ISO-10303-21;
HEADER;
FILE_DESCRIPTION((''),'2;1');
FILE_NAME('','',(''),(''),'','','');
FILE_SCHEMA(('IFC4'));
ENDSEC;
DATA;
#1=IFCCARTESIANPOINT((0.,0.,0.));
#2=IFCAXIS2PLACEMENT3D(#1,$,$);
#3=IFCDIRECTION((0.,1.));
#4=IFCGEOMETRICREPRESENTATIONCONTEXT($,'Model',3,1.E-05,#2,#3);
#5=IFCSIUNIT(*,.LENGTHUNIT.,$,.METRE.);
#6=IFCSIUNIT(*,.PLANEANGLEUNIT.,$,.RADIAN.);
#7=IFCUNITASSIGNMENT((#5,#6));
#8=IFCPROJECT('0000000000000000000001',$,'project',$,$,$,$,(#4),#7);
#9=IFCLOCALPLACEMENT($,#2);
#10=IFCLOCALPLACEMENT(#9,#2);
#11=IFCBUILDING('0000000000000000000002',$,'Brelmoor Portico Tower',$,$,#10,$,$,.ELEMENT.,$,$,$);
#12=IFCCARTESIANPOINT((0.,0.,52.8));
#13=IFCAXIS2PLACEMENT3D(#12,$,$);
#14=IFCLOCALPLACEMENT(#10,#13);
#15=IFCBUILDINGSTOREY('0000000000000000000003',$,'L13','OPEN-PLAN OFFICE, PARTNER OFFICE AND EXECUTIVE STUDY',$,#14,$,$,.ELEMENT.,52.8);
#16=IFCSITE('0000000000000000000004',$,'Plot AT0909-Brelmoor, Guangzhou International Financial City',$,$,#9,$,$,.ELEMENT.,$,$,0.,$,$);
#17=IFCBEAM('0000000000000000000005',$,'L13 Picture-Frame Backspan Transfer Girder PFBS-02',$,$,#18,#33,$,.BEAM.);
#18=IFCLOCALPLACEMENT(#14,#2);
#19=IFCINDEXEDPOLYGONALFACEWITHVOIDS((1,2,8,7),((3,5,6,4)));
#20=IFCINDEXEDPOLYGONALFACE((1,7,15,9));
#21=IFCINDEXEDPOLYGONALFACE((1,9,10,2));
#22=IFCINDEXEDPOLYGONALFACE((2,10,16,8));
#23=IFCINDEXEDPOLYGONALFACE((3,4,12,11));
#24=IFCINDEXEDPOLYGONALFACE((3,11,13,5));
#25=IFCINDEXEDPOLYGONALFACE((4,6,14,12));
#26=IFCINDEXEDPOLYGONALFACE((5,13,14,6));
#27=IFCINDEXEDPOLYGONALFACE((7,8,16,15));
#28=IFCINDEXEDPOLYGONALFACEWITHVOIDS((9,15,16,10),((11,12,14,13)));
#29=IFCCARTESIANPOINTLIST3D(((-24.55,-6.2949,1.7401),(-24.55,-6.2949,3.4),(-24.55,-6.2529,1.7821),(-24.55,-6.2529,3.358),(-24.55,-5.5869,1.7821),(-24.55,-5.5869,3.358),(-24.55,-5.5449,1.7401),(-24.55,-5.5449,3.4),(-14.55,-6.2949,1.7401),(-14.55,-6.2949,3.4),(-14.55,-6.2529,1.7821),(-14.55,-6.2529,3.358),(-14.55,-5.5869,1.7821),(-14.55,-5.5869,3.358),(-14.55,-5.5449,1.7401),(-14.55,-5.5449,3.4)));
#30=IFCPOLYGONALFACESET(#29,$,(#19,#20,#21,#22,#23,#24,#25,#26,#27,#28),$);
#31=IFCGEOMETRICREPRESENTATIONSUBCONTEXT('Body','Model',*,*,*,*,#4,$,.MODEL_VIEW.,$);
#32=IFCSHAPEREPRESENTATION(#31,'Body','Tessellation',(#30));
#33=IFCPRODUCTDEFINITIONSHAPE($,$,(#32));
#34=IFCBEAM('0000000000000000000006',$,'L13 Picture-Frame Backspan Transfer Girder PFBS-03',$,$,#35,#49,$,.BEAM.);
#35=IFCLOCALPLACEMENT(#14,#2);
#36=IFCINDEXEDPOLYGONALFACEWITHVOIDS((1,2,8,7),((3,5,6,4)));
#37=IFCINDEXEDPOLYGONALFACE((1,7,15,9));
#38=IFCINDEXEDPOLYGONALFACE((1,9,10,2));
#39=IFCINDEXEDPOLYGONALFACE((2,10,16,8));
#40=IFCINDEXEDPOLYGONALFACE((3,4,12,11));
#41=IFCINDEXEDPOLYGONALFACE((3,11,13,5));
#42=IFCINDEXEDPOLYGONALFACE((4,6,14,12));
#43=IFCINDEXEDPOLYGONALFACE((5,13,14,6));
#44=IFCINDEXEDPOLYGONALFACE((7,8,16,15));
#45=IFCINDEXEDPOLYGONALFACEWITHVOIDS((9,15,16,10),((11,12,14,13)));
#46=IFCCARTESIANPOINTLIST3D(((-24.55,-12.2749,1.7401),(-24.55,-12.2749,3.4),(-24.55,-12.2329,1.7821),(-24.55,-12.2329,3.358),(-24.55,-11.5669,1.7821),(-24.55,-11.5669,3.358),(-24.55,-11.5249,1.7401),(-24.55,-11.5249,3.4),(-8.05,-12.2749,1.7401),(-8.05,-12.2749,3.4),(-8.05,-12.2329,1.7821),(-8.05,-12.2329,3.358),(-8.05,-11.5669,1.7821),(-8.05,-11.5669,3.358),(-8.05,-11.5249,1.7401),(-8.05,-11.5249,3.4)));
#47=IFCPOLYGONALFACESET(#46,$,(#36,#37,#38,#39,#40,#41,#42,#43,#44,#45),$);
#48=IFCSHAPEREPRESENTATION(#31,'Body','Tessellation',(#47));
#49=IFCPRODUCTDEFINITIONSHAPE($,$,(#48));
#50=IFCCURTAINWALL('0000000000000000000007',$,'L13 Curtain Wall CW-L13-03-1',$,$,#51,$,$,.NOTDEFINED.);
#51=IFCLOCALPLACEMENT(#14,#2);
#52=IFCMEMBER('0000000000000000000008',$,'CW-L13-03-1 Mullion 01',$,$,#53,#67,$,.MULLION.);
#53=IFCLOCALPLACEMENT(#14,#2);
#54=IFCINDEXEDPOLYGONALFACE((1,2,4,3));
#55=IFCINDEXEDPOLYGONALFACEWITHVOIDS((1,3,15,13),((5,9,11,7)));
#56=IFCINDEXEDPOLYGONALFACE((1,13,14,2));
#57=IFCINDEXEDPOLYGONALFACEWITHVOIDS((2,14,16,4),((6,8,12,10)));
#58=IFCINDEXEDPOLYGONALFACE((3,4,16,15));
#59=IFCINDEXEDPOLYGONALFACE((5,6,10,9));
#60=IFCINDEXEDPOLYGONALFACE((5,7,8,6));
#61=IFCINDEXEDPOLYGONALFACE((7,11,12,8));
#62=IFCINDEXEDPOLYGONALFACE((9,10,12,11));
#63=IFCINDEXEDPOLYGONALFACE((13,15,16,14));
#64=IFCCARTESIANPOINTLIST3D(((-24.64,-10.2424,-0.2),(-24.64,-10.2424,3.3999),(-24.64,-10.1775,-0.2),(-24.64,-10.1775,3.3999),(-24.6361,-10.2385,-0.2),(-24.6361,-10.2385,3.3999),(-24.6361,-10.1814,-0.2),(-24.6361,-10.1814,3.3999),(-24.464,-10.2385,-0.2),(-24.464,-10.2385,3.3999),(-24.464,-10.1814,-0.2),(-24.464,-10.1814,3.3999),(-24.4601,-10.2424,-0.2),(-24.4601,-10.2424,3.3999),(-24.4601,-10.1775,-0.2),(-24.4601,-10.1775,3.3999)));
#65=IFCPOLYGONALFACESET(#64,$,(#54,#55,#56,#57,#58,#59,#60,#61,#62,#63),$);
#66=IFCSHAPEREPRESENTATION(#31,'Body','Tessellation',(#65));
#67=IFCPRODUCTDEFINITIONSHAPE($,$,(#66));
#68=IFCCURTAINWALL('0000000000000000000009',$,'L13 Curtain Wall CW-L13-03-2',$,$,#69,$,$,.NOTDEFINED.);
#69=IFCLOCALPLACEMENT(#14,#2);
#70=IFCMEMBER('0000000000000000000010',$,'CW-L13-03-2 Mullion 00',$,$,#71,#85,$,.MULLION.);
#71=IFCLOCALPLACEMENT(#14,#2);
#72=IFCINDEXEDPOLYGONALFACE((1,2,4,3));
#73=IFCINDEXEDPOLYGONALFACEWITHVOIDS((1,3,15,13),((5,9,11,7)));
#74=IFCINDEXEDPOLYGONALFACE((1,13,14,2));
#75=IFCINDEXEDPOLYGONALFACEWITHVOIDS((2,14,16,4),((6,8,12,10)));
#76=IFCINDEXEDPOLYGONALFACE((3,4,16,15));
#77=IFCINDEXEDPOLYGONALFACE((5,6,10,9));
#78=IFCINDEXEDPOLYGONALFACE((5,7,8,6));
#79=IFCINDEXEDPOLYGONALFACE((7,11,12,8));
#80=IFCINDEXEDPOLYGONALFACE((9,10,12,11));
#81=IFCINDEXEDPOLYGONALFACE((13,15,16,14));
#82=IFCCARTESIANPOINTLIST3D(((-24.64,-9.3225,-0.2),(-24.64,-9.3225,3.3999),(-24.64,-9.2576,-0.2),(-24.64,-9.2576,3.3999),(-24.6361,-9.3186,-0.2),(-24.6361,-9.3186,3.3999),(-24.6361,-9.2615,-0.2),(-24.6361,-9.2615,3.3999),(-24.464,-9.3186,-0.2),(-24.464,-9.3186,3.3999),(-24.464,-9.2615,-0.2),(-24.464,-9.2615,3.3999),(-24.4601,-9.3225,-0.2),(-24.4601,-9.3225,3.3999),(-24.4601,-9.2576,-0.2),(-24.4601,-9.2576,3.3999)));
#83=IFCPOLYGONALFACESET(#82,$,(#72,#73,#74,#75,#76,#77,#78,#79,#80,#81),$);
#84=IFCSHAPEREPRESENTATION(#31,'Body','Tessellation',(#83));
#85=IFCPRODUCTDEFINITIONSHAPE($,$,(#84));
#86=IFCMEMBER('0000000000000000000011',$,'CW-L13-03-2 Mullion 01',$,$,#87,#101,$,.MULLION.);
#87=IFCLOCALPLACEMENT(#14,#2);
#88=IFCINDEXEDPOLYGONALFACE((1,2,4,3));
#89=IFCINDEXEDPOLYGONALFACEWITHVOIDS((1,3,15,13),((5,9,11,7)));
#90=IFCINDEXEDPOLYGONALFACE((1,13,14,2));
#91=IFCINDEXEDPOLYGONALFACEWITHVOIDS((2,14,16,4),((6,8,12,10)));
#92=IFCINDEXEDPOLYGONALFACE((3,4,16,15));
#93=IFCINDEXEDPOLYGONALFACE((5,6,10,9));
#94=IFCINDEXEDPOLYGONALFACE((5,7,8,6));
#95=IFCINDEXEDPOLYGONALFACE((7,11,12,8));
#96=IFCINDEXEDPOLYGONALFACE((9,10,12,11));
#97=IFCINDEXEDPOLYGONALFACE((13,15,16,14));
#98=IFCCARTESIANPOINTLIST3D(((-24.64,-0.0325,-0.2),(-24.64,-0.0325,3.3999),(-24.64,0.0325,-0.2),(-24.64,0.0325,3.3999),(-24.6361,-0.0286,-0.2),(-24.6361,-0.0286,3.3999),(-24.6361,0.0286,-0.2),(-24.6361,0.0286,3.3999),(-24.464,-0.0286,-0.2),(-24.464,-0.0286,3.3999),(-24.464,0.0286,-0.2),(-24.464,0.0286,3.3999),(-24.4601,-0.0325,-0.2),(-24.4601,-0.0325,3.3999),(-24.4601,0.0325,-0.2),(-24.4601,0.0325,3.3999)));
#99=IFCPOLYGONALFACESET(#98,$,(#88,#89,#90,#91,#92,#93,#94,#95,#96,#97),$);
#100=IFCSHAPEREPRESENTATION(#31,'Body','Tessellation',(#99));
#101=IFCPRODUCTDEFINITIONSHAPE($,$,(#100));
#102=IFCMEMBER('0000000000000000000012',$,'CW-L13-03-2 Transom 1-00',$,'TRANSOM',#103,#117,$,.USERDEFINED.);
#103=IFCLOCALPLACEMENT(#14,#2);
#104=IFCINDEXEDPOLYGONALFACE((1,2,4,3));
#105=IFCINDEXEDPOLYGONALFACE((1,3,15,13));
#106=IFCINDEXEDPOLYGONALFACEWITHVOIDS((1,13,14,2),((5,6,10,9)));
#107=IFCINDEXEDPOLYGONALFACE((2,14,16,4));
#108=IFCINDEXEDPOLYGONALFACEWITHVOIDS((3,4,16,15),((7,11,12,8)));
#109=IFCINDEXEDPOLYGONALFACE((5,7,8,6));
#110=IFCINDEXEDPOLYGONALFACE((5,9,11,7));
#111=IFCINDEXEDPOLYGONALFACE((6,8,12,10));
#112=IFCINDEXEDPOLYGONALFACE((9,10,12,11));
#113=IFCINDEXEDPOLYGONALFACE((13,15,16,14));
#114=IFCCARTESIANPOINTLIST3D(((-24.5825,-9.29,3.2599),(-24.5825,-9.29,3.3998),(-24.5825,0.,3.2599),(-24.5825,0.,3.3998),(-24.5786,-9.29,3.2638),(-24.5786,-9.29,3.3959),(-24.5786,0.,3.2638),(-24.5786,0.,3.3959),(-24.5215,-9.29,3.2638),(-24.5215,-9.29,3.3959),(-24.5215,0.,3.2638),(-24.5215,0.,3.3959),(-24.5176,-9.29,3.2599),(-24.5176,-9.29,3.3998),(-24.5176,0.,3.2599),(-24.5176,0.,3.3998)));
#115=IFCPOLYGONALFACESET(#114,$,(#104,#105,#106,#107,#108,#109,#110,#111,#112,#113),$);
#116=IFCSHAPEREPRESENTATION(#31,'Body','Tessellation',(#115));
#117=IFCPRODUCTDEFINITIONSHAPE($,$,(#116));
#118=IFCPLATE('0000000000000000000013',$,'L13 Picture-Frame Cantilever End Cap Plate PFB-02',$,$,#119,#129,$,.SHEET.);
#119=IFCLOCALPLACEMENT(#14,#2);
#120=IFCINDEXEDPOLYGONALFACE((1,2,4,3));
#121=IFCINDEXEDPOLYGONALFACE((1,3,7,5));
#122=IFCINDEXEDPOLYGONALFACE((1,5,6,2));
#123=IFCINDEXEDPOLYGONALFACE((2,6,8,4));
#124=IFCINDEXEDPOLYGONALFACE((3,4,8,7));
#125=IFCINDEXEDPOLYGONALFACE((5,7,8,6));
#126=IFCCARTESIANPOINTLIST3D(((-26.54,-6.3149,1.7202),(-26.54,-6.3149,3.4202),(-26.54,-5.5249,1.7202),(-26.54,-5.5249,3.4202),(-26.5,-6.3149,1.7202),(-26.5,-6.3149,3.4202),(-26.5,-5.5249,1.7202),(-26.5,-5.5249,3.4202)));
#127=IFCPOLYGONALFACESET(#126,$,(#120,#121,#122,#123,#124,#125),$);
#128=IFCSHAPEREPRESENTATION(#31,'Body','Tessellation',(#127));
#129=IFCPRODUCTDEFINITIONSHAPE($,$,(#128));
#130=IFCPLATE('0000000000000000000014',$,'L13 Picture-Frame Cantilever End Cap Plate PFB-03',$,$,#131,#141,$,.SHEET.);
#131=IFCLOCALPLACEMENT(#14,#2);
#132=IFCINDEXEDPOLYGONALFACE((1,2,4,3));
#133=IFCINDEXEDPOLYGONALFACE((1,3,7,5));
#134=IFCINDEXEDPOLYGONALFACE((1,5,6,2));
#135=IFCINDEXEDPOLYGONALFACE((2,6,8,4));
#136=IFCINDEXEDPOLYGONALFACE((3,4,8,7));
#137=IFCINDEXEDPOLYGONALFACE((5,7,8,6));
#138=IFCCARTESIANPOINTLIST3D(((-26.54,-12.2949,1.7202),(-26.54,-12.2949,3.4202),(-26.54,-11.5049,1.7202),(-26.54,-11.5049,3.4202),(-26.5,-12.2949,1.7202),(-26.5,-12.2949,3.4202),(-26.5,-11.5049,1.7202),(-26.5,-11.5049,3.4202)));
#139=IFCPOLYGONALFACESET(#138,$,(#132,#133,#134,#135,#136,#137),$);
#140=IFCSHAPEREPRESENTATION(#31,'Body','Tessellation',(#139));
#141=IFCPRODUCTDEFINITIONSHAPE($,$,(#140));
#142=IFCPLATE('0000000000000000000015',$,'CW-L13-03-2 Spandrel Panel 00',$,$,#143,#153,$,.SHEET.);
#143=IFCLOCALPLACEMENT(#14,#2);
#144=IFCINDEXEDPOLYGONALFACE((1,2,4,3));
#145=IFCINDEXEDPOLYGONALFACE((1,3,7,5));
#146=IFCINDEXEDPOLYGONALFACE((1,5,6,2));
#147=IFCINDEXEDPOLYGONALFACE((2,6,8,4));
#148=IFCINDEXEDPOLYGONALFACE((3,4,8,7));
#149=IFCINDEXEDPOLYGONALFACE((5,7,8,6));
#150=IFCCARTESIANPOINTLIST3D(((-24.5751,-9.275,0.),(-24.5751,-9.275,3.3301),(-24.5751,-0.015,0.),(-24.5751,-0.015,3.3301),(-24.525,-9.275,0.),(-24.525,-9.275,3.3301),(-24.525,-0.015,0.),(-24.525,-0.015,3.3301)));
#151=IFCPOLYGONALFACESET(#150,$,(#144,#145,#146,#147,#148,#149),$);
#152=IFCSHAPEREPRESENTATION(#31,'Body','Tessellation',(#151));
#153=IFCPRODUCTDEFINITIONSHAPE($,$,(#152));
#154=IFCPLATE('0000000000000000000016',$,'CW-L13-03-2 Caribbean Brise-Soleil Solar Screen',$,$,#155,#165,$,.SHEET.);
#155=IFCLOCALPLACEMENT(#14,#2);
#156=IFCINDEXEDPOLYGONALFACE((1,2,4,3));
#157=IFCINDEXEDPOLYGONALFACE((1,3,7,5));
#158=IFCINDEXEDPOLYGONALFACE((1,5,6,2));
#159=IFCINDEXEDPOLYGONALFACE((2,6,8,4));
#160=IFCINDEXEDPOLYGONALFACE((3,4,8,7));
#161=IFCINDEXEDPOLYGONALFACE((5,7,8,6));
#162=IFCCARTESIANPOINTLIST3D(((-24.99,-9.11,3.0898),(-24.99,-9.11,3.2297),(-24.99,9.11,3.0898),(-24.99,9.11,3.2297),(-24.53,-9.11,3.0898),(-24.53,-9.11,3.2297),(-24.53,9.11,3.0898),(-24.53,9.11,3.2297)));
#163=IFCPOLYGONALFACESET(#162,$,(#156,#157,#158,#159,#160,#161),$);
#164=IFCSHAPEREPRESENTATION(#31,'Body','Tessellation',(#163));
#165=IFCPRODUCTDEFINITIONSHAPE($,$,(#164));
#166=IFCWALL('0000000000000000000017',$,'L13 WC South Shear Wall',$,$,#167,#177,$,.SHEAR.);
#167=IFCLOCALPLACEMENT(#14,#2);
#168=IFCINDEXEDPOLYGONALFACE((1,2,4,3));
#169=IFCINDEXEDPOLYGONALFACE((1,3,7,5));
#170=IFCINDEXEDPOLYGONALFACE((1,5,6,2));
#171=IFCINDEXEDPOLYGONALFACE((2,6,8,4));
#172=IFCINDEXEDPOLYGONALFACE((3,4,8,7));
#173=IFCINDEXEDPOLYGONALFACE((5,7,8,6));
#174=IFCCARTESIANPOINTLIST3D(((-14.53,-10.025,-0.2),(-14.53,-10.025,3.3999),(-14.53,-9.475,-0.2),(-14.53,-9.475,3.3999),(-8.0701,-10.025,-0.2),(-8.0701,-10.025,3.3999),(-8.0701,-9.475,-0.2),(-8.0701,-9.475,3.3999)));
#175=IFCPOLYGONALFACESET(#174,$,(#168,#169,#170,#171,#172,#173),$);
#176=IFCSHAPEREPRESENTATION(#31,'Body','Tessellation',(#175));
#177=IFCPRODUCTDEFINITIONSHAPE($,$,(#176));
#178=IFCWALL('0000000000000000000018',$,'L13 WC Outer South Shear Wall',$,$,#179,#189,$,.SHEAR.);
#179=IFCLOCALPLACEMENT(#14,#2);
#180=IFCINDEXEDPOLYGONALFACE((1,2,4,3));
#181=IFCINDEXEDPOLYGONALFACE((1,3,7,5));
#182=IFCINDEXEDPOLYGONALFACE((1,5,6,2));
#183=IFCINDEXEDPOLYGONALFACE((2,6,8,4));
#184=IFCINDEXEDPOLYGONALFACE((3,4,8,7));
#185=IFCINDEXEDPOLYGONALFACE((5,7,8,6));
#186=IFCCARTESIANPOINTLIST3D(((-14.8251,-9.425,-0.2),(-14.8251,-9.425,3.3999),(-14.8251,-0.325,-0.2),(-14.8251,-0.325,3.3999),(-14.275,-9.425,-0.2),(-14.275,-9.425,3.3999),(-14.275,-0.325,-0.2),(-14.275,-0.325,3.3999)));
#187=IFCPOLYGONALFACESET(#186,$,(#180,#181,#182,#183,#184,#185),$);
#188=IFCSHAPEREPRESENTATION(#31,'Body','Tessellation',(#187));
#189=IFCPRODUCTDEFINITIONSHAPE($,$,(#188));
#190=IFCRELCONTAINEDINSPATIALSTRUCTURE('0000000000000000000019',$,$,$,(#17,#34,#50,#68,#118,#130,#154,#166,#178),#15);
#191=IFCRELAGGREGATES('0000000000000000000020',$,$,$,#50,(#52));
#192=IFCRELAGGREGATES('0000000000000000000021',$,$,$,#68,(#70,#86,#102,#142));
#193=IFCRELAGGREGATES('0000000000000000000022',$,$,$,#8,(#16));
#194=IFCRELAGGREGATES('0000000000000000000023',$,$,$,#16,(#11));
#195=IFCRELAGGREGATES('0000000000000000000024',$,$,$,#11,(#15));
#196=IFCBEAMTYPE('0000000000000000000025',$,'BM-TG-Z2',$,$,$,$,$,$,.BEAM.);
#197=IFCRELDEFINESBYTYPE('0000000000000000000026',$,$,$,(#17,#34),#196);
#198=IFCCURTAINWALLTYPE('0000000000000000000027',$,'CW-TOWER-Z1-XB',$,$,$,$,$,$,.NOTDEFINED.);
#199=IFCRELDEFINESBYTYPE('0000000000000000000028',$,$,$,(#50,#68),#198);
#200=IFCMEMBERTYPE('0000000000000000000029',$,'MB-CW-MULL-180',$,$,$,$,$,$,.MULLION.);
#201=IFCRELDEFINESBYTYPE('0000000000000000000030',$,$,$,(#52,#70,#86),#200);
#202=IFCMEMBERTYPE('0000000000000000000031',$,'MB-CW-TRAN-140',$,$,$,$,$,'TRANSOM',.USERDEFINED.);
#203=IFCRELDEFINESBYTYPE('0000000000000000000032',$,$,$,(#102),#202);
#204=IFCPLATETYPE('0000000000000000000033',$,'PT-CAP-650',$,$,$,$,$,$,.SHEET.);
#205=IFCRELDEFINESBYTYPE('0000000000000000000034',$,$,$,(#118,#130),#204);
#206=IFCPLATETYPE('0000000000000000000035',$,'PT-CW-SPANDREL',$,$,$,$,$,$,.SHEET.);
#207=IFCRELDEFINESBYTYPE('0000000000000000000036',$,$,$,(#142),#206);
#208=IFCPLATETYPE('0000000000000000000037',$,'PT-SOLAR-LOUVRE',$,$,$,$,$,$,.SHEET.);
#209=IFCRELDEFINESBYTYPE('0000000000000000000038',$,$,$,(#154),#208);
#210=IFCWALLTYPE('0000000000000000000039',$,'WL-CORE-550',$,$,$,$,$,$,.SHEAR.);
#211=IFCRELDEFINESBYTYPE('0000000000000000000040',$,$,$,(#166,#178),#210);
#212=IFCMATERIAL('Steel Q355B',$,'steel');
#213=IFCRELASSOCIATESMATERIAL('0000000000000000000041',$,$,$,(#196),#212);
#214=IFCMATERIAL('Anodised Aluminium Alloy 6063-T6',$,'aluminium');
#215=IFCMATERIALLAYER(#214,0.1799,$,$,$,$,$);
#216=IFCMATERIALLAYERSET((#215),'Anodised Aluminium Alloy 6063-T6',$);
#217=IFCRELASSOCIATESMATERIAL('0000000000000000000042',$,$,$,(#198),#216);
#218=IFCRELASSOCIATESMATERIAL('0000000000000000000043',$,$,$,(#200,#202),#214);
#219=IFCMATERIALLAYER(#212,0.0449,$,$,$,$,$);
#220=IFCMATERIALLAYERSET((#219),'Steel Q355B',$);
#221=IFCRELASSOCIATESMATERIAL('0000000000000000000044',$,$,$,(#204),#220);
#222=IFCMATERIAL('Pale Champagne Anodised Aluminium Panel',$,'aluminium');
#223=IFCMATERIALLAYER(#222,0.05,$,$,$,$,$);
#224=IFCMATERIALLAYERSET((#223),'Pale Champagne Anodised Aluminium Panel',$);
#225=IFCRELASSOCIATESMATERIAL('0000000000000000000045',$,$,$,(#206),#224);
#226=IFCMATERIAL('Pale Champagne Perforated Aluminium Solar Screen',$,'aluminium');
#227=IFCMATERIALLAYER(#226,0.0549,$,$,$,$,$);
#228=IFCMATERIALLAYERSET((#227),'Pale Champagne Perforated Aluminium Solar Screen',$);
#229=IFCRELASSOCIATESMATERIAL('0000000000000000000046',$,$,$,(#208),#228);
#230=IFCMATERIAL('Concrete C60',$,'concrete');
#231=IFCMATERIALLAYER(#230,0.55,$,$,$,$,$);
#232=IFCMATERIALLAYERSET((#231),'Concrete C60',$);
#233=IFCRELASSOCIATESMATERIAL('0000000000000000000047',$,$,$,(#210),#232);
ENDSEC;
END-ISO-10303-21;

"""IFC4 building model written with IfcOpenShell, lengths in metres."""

from ifc_helpers import new_model, si_unit, direction, frame, frame_2d, origin, origin_2d, place, context, subcontext, project, spatial, rectangle, hollow_rectangle, extrude, material, layer, layer_set, material_profile, profile_set, type_object, element, aggregate, save


model = new_model("IFC4")

# Units and contexts
model_context = context("Model", 3, precision=1e-05, world=origin(), true_north=direction((0.0, 1.0)))
body_context = subcontext(model_context, "Body", "Model", "MODEL_VIEW")
ifc_project = project(units=[si_unit("LENGTHUNIT", "METRE"), si_unit("PLANEANGLEUNIT", "RADIAN")], contexts=[model_context])

# Site, building, storey
site_placement = place(None, origin())
site = spatial("IfcSite", under=ifc_project, at=site_placement, Name="Plot AT0909-Brelmoor, Guangzhou International Financial City", CompositionType="ELEMENT", RefElevation=0.0)
building_placement = place(site_placement, origin())
building = spatial("IfcBuilding", under=site, at=building_placement, Name="Brelmoor Portico Tower", CompositionType="ELEMENT")
storey_placement = place(building_placement, frame((0.0, 0.0, 52.8)))
storey = spatial("IfcBuildingStorey", under=building, at=storey_placement, Name="L13", Description="OPEN-PLAN OFFICE, PARTNER OFFICE AND EXECUTIVE STUDY", CompositionType="ELEMENT", Elevation=52.8)

# Shared definitions
ifc_material_1 = material(Name="Steel Q355B", Category="steel")

# Beams
ifc_material_profile_1 = material_profile(ifc_material_1, hollow_rectangle(XDim=0.75, YDim=1.6599, WallThickness=0.042, at=origin_2d()), Name="BOX 750x1660x42")
ifc_profile_set_1 = profile_set([ifc_material_profile_1], Name="Steel Q355B")
beam_type_1 = type_object("IfcBeamType", Name="BM-TG-Z2", PredefinedType="BEAM", material=ifc_profile_set_1)
beam_1_placement = place(storey_placement, frame((-24.55, -5.9199, 2.5701), z_axis=(1.0, 0.0, 0.0), x_axis=(0.0, 1.0, 0.0)))
element("IfcBeam", 1, at=beam_1_placement, inside=storey, type_object=beam_type_1, Name="L13 Picture-Frame Backspan Transfer Girder PFBS-02", PredefinedType="BEAM", context=body_context, shape_type="SweptSolid", body=[
    extrude(hollow_rectangle(XDim=0.75, YDim=1.6599, WallThickness=0.042, at=origin_2d()), origin(), (0.0, 0.0, 1.0), 10.0),
])
beam_2_placement = place(storey_placement, frame((-24.55, -11.8999, 2.5701), z_axis=(1.0, 0.0, 0.0), x_axis=(0.0, 1.0, 0.0)))
element("IfcBeam", 2, at=beam_2_placement, inside=storey, type_object=beam_type_1, Name="L13 Picture-Frame Backspan Transfer Girder PFBS-03", PredefinedType="BEAM", context=body_context, shape_type="SweptSolid", body=[
    extrude(hollow_rectangle(XDim=0.75, YDim=1.6599, WallThickness=0.042, at=origin_2d()), origin(), (0.0, 0.0, 1.0), 16.5),
])

# Curtain wall, member
ifc_material_2 = material(Name="Anodised Aluminium Alloy 6063-T6", Category="aluminium")
ifc_layer_1 = layer(ifc_material_2, 0.1799)
ifc_layer_set_1 = layer_set([ifc_layer_1], Name="Anodised Aluminium Alloy 6063-T6")
curtain_wall_type = type_object("IfcCurtainWallType", Name="CW-TOWER-Z1-XB", PredefinedType="NOTDEFINED", material=ifc_layer_set_1)
curtain_wall_1_placement = place(storey_placement, origin())
curtain_wall_1 = element("IfcCurtainWall", 3, at=curtain_wall_1_placement, inside=storey, type_object=curtain_wall_type, Name="L13 Curtain Wall CW-L13-03-1", PredefinedType="NOTDEFINED")
ifc_material_profile_2 = material_profile(ifc_material_2, hollow_rectangle(XDim=0.0649, YDim=0.1799, WallThickness=0.0039, at=origin_2d()), Name="ALU MULLION 65x180")
ifc_profile_set_2 = profile_set([ifc_material_profile_2], Name="Anodised Aluminium Alloy 6063-T6")
member_type_1 = type_object("IfcMemberType", Name="MB-CW-MULL-180", PredefinedType="MULLION", material=ifc_profile_set_2)
member_1_placement = place(storey_placement, frame((-24.55, -10.21, -0.2), z_axis=(0.0, 0.0, 1.0), x_axis=(0.0, 1.0, 0.0)))
member_1 = element("IfcMember", 4, at=member_1_placement, type_object=member_type_1, Name="CW-L13-03-1 Mullion 01", PredefinedType="MULLION", context=body_context, shape_type="SweptSolid", body=[
    extrude(hollow_rectangle(XDim=0.0649, YDim=0.1799, WallThickness=0.0039, at=origin_2d()), origin(), (0.0, 0.0, 1.0), 3.5999),
])
aggregate(curtain_wall_1, [member_1])

# Curtain wall, members
curtain_wall_2_placement = place(storey_placement, origin())
curtain_wall_2 = element("IfcCurtainWall", 5, at=curtain_wall_2_placement, inside=storey, type_object=curtain_wall_type, Name="L13 Curtain Wall CW-L13-03-2", PredefinedType="NOTDEFINED")
member_2_placement = place(storey_placement, frame((-24.55, -9.29, -0.2), z_axis=(0.0, 0.0, 1.0), x_axis=(0.0, 1.0, 0.0)))
member_2 = element("IfcMember", 6, at=member_2_placement, type_object=member_type_1, Name="CW-L13-03-2 Mullion 00", PredefinedType="MULLION", context=body_context, shape_type="SweptSolid", body=[
    extrude(hollow_rectangle(XDim=0.0649, YDim=0.1799, WallThickness=0.0039, at=origin_2d()), origin(), (0.0, 0.0, 1.0), 3.5999),
])
member_3_placement = place(storey_placement, frame((-24.55, 0.0, -0.2), z_axis=(0.0, 0.0, 1.0), x_axis=(0.0, 1.0, 0.0)))
member_3 = element("IfcMember", 7, at=member_3_placement, type_object=member_type_1, Name="CW-L13-03-2 Mullion 01", PredefinedType="MULLION", context=body_context, shape_type="SweptSolid", body=[
    extrude(hollow_rectangle(XDim=0.0649, YDim=0.1799, WallThickness=0.0039, at=origin_2d()), origin(), (0.0, 0.0, 1.0), 3.5999),
])
ifc_material_profile_3 = material_profile(ifc_material_2, hollow_rectangle(XDim=0.0649, YDim=0.1399, WallThickness=0.0039, at=origin_2d()), Name="ALU TRANSOM 65x140")
ifc_profile_set_3 = profile_set([ifc_material_profile_3], Name="Anodised Aluminium Alloy 6063-T6")
member_type_2 = type_object("IfcMemberType", Name="MB-CW-TRAN-140", ElementType="TRANSOM", PredefinedType="USERDEFINED", material=ifc_profile_set_3)
member_4_placement = place(storey_placement, frame((-24.55, -9.29, 3.3298), z_axis=(0.0, 1.0, 0.0), x_axis=(-1.0, 0.0, 0.0)))
member_4 = element("IfcMember", 8, at=member_4_placement, type_object=member_type_2, Name="CW-L13-03-2 Transom 1-00", ObjectType="TRANSOM", PredefinedType="USERDEFINED", context=body_context, shape_type="SweptSolid", body=[
    extrude(hollow_rectangle(XDim=0.0649, YDim=0.1399, WallThickness=0.0039, at=origin_2d()), origin(), (0.0, 0.0, 1.0), 9.29),
])

# Plates
ifc_layer_2 = layer(ifc_material_1, 0.0449)
ifc_layer_set_2 = layer_set([ifc_layer_2], Name="Steel Q355B")
plate_type_1 = type_object("IfcPlateType", Name="PT-CAP-650", PredefinedType="SHEET", material=ifc_layer_set_2)
for number, where, z_axis, x_axis, name in (
    (9, (-26.52, -5.9199, 1.7202), (0.0, 0.0, 1.0), (1.0, 0.0, 0.0), "L13 Picture-Frame Cantilever End Cap Plate PFB-02"),
    (10, (-26.52, -11.8999, 1.7202), (0.0, 0.0, 1.0), (1.0, 0.0, 0.0), "L13 Picture-Frame Cantilever End Cap Plate PFB-03"),
):
    element("IfcPlate", number, at=place(storey_placement, frame(where, z_axis=z_axis, x_axis=x_axis)), inside=storey, type_object=plate_type_1, Name=name, PredefinedType="SHEET", context=body_context, shape_type="SweptSolid", body=[
        extrude(rectangle(XDim=0.04, YDim=0.79, at=origin_2d()), origin(), (0.0, 0.0, 1.0), 1.7),
    ])

# Plates
ifc_material_3 = material(Name="Pale Champagne Anodised Aluminium Panel", Category="aluminium")
ifc_layer_3 = layer(ifc_material_3, 0.05)
ifc_layer_set_3 = layer_set([ifc_layer_3], Name="Pale Champagne Anodised Aluminium Panel")
plate_type_2 = type_object("IfcPlateType", Name="PT-CW-SPANDREL", PredefinedType="SHEET", material=ifc_layer_set_3)
plate_1_placement = place(storey_placement, frame((-24.55, -4.645, 0.0), z_axis=(0.0, 0.0, 1.0), x_axis=(0.0, 1.0, 0.0)))
plate_1 = element("IfcPlate", 11, at=plate_1_placement, type_object=plate_type_2, Name="CW-L13-03-2 Spandrel Panel 00", PredefinedType="SHEET", context=body_context, shape_type="SweptSolid", body=[
    extrude(rectangle(XDim=9.26, YDim=0.05, at=origin_2d()), origin(), (0.0, 0.0, 1.0), 3.3301),
])
aggregate(curtain_wall_2, [member_2, member_3, member_4, plate_1])
ifc_material_4 = material(Name="Pale Champagne Perforated Aluminium Solar Screen", Category="aluminium")
ifc_layer_4 = layer(ifc_material_4, 0.0549)
ifc_layer_set_4 = layer_set([ifc_layer_4], Name="Pale Champagne Perforated Aluminium Solar Screen")
plate_type_3 = type_object("IfcPlateType", Name="PT-SOLAR-LOUVRE", PredefinedType="SHEET", material=ifc_layer_set_4)
plate_2_placement = place(storey_placement, frame((-24.76, 0.0, 3.0898), z_axis=(0.0, 0.0, 1.0), x_axis=(0.0, 1.0, 0.0)))
element("IfcPlate", 12, at=plate_2_placement, inside=storey, type_object=plate_type_3, Name="CW-L13-03-2 Caribbean Brise-Soleil Solar Screen", PredefinedType="SHEET", context=body_context, shape_type="SweptSolid", body=[
    extrude(rectangle(XDim=18.22, YDim=0.46, at=origin_2d()), origin(), (0.0, 0.0, 1.0), 0.1399),
])

# Walls
ifc_material_5 = material(Name="Concrete C60", Category="concrete")
ifc_layer_5 = layer(ifc_material_5, 0.55)
ifc_layer_set_5 = layer_set([ifc_layer_5], Name="Concrete C60")
wall_type_1 = type_object("IfcWallType", Name="WL-CORE-550", PredefinedType="SHEAR", material=ifc_layer_set_5)
wall_1_placement = place(storey_placement, frame((-14.53, -9.75, -0.2), z_axis=(0.0, 0.0, 1.0), x_axis=(1.0, 0.0, 0.0)))
element("IfcWall", 13, at=wall_1_placement, inside=storey, type_object=wall_type_1, Name="L13 WC South Shear Wall", PredefinedType="SHEAR", context=body_context, shape_type="SweptSolid", body=[
    extrude(rectangle(XDim=6.46, YDim=0.55, at=frame_2d((3.23, 0.0))), origin(), (0.0, 0.0, 1.0), 3.5999),
])
wall_2_placement = place(storey_placement, frame((-14.55, -9.425, -0.2), z_axis=(0.0, 0.0, 1.0), x_axis=(0.0, 1.0, 0.0)))
element("IfcWall", 14, at=wall_2_placement, inside=storey, type_object=wall_type_1, Name="L13 WC Outer South Shear Wall", PredefinedType="SHEAR", context=body_context, shape_type="SweptSolid", body=[
    extrude(rectangle(XDim=9.1001, YDim=0.55, at=frame_2d((4.55, 0.0))), origin(), (0.0, 0.0, 1.0), 3.5999),
])

save(model, "model.ifc")
